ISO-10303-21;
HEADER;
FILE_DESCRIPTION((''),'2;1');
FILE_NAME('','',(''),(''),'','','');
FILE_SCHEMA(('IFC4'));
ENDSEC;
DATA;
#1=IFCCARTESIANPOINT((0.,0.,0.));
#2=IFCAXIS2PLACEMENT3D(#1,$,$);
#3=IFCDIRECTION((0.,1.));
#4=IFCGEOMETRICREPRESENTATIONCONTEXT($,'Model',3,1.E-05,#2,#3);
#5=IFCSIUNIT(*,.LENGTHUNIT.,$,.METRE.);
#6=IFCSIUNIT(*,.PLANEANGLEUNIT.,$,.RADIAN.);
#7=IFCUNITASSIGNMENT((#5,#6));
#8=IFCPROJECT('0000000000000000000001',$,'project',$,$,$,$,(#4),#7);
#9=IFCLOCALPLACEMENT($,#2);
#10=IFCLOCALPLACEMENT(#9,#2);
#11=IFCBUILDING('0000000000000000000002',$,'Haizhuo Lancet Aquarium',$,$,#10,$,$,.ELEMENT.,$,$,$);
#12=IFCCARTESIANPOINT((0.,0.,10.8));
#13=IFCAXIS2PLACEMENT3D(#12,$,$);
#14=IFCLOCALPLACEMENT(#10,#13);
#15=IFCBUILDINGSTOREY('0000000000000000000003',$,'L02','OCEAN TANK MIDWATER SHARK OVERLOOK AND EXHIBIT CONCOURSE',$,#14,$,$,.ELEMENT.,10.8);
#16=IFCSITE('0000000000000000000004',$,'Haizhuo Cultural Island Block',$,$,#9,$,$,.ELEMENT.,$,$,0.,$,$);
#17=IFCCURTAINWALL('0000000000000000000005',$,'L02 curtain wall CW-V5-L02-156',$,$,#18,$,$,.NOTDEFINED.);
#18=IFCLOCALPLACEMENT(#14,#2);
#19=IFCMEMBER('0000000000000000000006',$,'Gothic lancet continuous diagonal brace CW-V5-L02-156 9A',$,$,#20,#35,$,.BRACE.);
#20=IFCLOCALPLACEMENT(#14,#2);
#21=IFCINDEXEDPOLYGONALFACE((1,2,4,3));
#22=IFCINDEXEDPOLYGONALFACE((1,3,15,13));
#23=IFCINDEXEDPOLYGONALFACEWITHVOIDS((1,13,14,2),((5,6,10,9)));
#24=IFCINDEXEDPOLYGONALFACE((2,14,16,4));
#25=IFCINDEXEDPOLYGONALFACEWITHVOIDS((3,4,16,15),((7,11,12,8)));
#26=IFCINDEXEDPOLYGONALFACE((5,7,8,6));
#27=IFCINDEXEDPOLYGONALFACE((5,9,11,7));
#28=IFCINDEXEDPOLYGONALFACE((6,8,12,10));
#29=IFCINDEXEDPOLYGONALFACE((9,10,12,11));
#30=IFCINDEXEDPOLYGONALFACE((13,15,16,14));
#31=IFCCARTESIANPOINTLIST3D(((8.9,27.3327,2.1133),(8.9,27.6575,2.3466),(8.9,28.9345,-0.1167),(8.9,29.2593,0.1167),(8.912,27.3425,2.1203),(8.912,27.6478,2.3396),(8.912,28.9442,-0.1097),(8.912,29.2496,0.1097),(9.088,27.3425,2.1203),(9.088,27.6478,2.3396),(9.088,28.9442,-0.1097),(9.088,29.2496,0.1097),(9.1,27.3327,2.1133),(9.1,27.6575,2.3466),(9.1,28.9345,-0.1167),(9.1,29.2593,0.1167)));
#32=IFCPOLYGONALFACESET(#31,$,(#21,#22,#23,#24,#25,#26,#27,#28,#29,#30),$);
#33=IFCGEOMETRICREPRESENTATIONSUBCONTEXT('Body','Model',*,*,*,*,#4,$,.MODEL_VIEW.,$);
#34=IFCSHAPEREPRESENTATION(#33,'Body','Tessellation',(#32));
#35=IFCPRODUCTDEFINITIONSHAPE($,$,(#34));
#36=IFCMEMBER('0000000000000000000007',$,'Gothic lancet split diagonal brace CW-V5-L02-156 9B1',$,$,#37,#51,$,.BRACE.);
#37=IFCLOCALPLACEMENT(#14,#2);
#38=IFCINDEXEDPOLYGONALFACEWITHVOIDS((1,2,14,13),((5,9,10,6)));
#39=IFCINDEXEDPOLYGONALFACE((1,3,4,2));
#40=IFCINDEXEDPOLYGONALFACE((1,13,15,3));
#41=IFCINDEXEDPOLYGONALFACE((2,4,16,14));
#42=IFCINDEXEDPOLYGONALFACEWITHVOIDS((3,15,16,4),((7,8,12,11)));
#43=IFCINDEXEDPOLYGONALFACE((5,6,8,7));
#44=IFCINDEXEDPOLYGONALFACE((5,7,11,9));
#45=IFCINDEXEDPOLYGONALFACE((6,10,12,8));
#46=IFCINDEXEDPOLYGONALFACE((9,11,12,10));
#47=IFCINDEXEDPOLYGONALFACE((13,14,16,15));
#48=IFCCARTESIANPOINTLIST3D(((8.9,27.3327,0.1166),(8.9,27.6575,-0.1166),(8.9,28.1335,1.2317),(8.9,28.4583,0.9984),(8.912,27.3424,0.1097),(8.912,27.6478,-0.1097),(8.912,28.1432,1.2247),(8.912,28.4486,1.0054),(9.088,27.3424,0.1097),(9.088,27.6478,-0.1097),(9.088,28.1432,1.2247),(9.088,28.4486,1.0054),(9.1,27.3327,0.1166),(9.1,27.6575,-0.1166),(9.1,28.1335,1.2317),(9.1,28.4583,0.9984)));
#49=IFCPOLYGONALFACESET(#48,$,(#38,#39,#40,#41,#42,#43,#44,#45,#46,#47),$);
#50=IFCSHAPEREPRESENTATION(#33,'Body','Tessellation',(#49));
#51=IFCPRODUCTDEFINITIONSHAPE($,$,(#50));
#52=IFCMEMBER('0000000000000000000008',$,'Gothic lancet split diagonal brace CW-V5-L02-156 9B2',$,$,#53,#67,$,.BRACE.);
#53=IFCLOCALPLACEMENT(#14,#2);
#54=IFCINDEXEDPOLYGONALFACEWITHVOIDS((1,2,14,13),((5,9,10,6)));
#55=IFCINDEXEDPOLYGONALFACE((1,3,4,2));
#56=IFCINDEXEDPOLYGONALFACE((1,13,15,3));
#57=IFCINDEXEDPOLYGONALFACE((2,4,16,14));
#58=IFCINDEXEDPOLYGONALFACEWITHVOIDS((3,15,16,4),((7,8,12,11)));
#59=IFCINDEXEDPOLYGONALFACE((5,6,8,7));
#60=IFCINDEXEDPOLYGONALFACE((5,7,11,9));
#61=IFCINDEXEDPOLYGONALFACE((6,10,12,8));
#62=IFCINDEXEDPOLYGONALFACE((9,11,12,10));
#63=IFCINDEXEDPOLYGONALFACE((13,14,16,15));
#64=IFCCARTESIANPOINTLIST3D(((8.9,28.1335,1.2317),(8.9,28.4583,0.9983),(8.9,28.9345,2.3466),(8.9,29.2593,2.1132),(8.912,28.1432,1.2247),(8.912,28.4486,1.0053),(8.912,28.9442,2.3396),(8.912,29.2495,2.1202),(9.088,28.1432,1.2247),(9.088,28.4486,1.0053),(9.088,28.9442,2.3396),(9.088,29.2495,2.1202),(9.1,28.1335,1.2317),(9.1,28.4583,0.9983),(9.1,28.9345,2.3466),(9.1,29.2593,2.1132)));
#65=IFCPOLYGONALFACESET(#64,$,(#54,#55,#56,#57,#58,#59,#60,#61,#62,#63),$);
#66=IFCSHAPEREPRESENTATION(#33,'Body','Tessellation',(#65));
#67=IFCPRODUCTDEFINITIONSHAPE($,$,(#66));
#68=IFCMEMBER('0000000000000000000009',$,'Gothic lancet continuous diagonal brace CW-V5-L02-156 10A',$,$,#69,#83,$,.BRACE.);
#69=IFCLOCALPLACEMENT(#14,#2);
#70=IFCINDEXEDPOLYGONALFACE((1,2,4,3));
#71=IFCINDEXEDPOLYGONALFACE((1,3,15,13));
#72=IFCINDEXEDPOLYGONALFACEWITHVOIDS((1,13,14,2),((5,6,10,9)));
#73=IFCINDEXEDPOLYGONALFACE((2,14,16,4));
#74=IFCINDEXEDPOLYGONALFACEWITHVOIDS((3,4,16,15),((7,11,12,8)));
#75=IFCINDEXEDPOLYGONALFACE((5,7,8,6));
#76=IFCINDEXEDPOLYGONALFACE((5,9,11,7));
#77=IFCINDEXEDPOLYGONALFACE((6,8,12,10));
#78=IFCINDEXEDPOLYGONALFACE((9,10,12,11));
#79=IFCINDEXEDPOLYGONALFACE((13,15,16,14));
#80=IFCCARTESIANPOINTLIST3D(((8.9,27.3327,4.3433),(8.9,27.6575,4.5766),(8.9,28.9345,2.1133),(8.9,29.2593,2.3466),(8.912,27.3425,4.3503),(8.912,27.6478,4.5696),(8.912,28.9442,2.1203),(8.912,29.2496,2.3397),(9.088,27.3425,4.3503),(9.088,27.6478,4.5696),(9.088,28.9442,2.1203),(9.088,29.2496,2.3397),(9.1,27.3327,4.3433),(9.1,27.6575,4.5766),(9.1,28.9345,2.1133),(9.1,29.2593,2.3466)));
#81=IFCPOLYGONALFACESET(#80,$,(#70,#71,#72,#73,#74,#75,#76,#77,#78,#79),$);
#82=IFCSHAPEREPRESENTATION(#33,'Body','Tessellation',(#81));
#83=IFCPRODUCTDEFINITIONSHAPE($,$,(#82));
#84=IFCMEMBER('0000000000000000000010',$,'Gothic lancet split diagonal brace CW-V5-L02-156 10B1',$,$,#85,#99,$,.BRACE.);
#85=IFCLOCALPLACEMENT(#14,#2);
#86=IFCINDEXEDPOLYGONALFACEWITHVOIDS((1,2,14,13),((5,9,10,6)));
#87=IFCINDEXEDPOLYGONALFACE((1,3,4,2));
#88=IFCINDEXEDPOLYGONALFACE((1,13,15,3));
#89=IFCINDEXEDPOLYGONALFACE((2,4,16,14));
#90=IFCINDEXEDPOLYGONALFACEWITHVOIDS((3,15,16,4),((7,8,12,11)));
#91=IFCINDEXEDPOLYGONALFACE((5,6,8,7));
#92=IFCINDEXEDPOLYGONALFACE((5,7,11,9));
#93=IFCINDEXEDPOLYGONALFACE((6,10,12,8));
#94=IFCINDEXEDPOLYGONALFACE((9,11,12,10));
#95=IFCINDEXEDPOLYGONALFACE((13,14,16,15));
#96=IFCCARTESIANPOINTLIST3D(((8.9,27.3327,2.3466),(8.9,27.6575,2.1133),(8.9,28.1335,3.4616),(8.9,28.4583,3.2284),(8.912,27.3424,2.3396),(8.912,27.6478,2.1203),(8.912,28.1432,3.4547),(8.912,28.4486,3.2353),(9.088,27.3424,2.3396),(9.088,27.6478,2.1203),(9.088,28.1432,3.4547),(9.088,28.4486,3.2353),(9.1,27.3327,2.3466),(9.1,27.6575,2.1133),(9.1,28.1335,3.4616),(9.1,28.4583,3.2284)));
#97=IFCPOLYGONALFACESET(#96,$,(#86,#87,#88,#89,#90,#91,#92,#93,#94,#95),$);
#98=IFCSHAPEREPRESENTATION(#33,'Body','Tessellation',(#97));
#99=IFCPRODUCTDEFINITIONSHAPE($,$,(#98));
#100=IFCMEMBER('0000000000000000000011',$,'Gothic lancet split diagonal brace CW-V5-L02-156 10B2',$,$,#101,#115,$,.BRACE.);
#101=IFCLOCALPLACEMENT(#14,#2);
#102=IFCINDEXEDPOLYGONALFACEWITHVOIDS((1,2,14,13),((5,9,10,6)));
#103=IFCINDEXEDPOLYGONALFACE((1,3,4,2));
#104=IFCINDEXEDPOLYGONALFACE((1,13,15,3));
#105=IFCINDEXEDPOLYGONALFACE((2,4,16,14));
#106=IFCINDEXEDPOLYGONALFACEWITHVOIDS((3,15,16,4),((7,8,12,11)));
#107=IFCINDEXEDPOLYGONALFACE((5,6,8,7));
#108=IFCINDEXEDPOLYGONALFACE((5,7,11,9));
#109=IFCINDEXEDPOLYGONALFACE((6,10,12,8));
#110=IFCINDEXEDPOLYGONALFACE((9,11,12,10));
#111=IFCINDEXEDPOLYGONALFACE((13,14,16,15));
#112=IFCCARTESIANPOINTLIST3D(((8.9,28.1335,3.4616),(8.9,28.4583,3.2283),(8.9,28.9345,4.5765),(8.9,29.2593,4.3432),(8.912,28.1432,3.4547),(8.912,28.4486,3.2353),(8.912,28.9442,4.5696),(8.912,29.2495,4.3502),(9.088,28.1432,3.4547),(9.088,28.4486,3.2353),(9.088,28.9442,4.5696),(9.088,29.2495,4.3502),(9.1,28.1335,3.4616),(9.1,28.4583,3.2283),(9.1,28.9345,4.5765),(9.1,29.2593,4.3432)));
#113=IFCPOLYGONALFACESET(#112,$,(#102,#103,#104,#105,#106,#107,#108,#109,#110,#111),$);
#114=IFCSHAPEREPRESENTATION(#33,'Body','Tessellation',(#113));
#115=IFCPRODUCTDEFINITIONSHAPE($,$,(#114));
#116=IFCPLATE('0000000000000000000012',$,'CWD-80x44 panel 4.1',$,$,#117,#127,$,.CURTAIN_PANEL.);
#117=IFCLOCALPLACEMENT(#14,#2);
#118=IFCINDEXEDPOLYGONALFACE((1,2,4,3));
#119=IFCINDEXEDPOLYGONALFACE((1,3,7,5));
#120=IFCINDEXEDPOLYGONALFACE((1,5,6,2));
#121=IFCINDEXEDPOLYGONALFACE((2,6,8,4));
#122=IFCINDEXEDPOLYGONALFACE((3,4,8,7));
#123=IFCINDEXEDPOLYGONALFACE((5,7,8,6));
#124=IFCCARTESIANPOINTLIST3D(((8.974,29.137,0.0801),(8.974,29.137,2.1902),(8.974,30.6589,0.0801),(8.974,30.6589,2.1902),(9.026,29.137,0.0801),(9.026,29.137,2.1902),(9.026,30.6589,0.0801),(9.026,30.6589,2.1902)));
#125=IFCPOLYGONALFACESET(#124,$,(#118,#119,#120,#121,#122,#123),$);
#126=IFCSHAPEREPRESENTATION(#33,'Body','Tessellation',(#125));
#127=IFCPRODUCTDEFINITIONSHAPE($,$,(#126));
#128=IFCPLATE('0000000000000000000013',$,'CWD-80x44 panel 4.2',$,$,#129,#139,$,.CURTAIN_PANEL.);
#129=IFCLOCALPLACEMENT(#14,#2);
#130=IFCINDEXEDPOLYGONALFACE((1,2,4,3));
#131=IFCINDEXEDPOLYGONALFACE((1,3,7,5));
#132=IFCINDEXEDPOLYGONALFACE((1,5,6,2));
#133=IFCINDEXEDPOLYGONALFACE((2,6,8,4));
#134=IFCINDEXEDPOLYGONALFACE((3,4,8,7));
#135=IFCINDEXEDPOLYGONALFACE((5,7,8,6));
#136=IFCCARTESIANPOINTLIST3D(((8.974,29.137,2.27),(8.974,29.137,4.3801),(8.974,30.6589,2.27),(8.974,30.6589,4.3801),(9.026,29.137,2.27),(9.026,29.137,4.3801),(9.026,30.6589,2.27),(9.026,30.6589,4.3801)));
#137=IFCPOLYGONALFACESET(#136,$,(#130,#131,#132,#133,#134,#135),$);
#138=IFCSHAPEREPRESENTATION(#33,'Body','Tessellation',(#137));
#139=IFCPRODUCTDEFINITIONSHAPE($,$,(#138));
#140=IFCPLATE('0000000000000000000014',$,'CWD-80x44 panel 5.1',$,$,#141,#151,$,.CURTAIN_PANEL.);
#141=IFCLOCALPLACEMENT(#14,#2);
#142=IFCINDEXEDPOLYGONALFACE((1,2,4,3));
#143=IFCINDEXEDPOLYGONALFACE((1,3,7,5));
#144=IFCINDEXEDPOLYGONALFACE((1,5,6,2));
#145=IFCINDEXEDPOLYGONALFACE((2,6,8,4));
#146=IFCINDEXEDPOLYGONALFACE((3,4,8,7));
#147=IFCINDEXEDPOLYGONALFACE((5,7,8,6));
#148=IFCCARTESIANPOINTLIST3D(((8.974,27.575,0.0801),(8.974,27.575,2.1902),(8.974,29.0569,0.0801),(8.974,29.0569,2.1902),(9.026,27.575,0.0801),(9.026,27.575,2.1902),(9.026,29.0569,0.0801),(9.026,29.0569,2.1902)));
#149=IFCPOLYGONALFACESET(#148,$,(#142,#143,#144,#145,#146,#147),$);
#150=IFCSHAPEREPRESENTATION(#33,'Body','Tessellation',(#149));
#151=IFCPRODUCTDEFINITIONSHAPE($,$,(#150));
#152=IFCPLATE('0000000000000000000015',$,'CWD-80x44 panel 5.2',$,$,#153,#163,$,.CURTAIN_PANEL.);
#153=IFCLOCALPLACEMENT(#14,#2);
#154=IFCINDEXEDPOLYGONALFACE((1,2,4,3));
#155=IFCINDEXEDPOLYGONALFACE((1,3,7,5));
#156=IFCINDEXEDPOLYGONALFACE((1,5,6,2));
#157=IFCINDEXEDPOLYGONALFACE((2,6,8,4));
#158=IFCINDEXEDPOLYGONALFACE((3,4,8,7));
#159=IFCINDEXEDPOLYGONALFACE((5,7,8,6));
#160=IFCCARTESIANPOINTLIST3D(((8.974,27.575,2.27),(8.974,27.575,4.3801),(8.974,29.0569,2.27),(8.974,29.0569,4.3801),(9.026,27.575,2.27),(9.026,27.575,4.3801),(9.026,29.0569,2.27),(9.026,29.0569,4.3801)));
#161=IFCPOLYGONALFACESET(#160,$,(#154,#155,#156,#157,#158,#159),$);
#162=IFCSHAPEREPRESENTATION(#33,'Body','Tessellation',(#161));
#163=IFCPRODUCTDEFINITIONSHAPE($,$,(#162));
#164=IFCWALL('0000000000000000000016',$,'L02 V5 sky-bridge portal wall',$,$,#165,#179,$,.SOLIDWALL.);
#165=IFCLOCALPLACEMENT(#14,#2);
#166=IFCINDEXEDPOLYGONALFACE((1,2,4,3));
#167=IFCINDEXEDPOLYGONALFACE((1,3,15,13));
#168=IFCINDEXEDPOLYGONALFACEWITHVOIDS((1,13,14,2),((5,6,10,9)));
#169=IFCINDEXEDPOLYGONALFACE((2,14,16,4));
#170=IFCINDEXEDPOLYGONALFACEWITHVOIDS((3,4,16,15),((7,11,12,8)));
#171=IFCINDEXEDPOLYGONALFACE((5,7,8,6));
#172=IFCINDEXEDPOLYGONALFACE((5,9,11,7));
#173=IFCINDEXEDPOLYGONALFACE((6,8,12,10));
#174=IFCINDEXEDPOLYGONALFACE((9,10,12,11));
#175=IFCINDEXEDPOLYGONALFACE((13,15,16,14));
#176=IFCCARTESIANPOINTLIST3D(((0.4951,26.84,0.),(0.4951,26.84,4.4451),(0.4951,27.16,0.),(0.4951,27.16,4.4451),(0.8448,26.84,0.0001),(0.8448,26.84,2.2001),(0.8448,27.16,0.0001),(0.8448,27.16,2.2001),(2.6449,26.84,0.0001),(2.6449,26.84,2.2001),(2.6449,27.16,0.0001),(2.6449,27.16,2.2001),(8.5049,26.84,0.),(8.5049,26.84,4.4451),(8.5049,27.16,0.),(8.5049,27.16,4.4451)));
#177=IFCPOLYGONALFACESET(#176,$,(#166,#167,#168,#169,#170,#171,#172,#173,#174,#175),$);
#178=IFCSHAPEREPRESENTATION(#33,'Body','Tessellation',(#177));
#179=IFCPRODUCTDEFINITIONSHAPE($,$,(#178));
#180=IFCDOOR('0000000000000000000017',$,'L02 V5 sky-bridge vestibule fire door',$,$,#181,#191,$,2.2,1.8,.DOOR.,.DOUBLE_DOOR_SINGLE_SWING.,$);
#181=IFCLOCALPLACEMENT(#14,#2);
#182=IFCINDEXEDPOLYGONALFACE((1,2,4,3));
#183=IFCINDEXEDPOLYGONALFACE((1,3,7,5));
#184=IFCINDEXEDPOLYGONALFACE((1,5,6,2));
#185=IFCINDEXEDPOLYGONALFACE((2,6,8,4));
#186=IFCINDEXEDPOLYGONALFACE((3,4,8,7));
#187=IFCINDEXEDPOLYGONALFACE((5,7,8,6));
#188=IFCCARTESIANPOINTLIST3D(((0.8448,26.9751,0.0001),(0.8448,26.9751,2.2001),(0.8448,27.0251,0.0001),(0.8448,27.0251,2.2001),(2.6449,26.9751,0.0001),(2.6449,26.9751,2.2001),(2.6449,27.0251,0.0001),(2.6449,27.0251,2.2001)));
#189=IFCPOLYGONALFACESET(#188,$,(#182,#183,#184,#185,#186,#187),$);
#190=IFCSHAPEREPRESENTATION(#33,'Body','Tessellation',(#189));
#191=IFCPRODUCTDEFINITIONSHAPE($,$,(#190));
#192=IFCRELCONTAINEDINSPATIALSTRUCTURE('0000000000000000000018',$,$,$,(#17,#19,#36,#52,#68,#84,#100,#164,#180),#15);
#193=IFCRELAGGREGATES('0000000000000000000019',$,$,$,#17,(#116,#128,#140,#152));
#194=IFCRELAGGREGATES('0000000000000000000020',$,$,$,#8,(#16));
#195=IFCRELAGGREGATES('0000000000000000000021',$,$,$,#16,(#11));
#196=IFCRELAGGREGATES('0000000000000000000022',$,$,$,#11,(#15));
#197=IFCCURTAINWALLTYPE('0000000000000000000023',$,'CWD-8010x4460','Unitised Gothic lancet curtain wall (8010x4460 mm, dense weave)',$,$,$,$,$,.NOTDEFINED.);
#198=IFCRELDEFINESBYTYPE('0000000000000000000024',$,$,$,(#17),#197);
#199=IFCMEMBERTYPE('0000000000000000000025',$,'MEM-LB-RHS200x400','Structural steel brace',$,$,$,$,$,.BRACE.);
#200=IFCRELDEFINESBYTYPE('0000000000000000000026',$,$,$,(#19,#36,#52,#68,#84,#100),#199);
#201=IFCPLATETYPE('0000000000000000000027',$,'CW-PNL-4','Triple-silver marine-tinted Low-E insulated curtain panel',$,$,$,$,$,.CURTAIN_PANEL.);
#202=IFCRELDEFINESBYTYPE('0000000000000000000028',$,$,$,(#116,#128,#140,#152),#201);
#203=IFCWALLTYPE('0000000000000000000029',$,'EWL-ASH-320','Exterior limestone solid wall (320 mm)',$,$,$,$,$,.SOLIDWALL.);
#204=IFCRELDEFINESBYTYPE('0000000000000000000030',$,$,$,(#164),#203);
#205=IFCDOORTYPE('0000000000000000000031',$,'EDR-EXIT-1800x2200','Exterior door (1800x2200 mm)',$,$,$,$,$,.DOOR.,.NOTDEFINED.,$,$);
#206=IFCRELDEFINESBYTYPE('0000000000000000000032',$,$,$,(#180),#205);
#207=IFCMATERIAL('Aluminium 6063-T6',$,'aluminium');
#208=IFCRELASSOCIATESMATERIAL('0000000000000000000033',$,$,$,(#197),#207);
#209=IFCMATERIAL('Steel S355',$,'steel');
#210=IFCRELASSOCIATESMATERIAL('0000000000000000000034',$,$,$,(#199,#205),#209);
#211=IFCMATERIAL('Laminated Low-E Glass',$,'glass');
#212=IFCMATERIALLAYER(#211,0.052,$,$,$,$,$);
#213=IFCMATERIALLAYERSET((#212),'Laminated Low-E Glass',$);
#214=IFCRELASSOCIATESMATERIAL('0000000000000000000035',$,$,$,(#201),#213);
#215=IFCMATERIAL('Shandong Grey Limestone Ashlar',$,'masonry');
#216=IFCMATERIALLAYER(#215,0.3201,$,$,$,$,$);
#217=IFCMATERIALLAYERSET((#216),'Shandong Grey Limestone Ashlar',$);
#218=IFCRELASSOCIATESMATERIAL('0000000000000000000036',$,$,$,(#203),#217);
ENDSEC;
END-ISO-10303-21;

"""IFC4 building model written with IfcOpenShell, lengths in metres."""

from ifc_helpers import new_model, si_unit, direction, frame, frame_2d, origin, origin_2d, place, context, subcontext, project, spatial, rectangle, hollow_rectangle, extrude, material, layer, layer_set, material_profile, profile_set, type_object, element, fill, aggregate, save


model = new_model("IFC4")

# Units and contexts
model_context = context("Model", 3, precision=1e-05, world=origin(), true_north=direction((0.0, 1.0)))
body_context = subcontext(model_context, "Body", "Model", "MODEL_VIEW")
ifc_project = project(units=[si_unit("LENGTHUNIT", "METRE"), si_unit("PLANEANGLEUNIT", "RADIAN")], contexts=[model_context])

# Site, building, storey
site_placement = place(None, origin())
site = spatial("IfcSite", under=ifc_project, at=site_placement, Name="Haizhuo Cultural Island Block", CompositionType="ELEMENT", RefElevation=0.0)
building_placement = place(site_placement, origin())
building = spatial("IfcBuilding", under=site, at=building_placement, Name="Haizhuo Lancet Aquarium", CompositionType="ELEMENT")
storey_placement = place(building_placement, frame((0.0, 0.0, 10.8)))
storey = spatial("IfcBuildingStorey", under=building, at=storey_placement, Name="L02", Description="OCEAN TANK MIDWATER SHARK OVERLOOK AND EXHIBIT CONCOURSE", CompositionType="ELEMENT", Elevation=10.8)

# Curtain wall
ifc_material_1 = material(Name="Aluminium 6063-T6", Category="aluminium")
curtain_wall_type = type_object("IfcCurtainWallType", Name="CWD-8010x4460", Description="Unitised Gothic lancet curtain wall (8010x4460 mm, dense weave)", PredefinedType="NOTDEFINED", material=ifc_material_1)
curtain_wall_placement = place(storey_placement, origin())
curtain_wall = element("IfcCurtainWall", 1, at=curtain_wall_placement, inside=storey, type_object=curtain_wall_type, Name="L02 curtain wall CW-V5-L02-156", PredefinedType="NOTDEFINED")

# Members
ifc_material_2 = material(Name="Steel S355", Category="steel")
ifc_material_profile_1 = material_profile(ifc_material_2, hollow_rectangle(XDim=0.2, YDim=0.3999, WallThickness=0.012, at=origin_2d()), Name="RHS 200x400x12")
ifc_profile_set_1 = profile_set([ifc_material_profile_1], Name="Steel S355")
member_type_1 = type_object("IfcMemberType", Name="MEM-LB-RHS200x400", Description="Structural steel brace", PredefinedType="BRACE", material=ifc_profile_set_1)
member_1_placement = place(storey_placement, frame((9.0, 29.0969, 0.0), z_axis=(0.0, -0.583398, 0.812187), x_axis=(1.0, 0.0, 0.0)))
element("IfcMember", 2, at=member_1_placement, inside=storey, type_object=member_type_1, Name="Gothic lancet continuous diagonal brace CW-V5-L02-156 9A", PredefinedType="BRACE", context=body_context, shape_type="SweptSolid", body=[
    extrude(hollow_rectangle(XDim=0.2, YDim=0.3999, WallThickness=0.012, at=origin_2d()), origin(), (0.0, 0.0, 1.0), 2.7456),
])
for number, where, z_axis, x_axis, name in (
    (3, (9.0, 27.4951, 0.0), (0.0, 0.583339, 0.812229), (-1.0, 0.0, 0.0), "Gothic lancet split diagonal brace CW-V5-L02-156 9B1"),
    (4, (9.0, 28.2959, 1.115), (0.0, 0.583456, 0.812144), (-1.0, 0.0, 0.0), "Gothic lancet split diagonal brace CW-V5-L02-156 9B2"),
):
    element("IfcMember", number, at=place(storey_placement, frame(where, z_axis=z_axis, x_axis=x_axis)), inside=storey, type_object=member_type_1, Name=name, PredefinedType="BRACE", context=body_context, shape_type="SweptSolid", body=[
        extrude(hollow_rectangle(XDim=0.2, YDim=0.3999, WallThickness=0.012, at=origin_2d()), origin(), (0.0, 0.0, 1.0), 1.3728),
    ])
member_2_placement = place(storey_placement, frame((9.0, 29.0969, 2.23), z_axis=(0.0, -0.583398, 0.812187), x_axis=(1.0, 0.0, 0.0)))
element("IfcMember", 5, at=member_2_placement, inside=storey, type_object=member_type_1, Name="Gothic lancet continuous diagonal brace CW-V5-L02-156 10A", PredefinedType="BRACE", context=body_context, shape_type="SweptSolid", body=[
    extrude(hollow_rectangle(XDim=0.2, YDim=0.3999, WallThickness=0.012, at=origin_2d()), origin(), (0.0, 0.0, 1.0), 2.7456),
])
for number, where, z_axis, x_axis, name in (
    (6, (9.0, 27.4951, 2.23), (0.0, 0.583339, 0.812229), (-1.0, 0.0, 0.0), "Gothic lancet split diagonal brace CW-V5-L02-156 10B1"),
    (7, (9.0, 28.2959, 3.345), (0.0, 0.583456, 0.812144), (-1.0, 0.0, 0.0), "Gothic lancet split diagonal brace CW-V5-L02-156 10B2"),
):
    element("IfcMember", number, at=place(storey_placement, frame(where, z_axis=z_axis, x_axis=x_axis)), inside=storey, type_object=member_type_1, Name=name, PredefinedType="BRACE", context=body_context, shape_type="SweptSolid", body=[
        extrude(hollow_rectangle(XDim=0.2, YDim=0.3999, WallThickness=0.012, at=origin_2d()), origin(), (0.0, 0.0, 1.0), 1.3728),
    ])

# Plates
ifc_material_3 = material(Name="Laminated Low-E Glass", Category="glass")
ifc_layer_1 = layer(ifc_material_3, 0.052)
ifc_layer_set_1 = layer_set([ifc_layer_1], Name="Laminated Low-E Glass")
plate_type = type_object("IfcPlateType", Name="CW-PNL-4", Description="Triple-silver marine-tinted Low-E insulated curtain panel", PredefinedType="CURTAIN_PANEL", material=ifc_layer_set_1)
plate_1_placement = place(storey_placement, frame((9.0, 29.8979, 0.0801), z_axis=(0.0, 0.0, 1.0), x_axis=(0.0, -1.0, 0.0)))
plate_1 = element("IfcPlate", 8, at=plate_1_placement, type_object=plate_type, Name="CWD-80x44 panel 4.1", PredefinedType="CURTAIN_PANEL", context=body_context, shape_type="SweptSolid", body=[
    extrude(rectangle(XDim=1.522, YDim=0.052, at=origin_2d()), origin(), (0.0, 0.0, 1.0), 2.1101),
])
plate_2_placement = place(storey_placement, frame((9.0, 29.8979, 2.27), z_axis=(0.0, 0.0, 1.0), x_axis=(0.0, -1.0, 0.0)))
plate_2 = element("IfcPlate", 9, at=plate_2_placement, type_object=plate_type, Name="CWD-80x44 panel 4.2", PredefinedType="CURTAIN_PANEL", context=body_context, shape_type="SweptSolid", body=[
    extrude(rectangle(XDim=1.522, YDim=0.052, at=origin_2d()), origin(), (0.0, 0.0, 1.0), 2.1101),
])
plate_3_placement = place(storey_placement, frame((9.0, 28.3159, 0.0801), z_axis=(0.0, 0.0, 1.0), x_axis=(0.0, -1.0, 0.0)))
plate_3 = element("IfcPlate", 10, at=plate_3_placement, type_object=plate_type, Name="CWD-80x44 panel 5.1", PredefinedType="CURTAIN_PANEL", context=body_context, shape_type="SweptSolid", body=[
    extrude(rectangle(XDim=1.4819, YDim=0.052, at=origin_2d()), origin(), (0.0, 0.0, 1.0), 2.1101),
])
plate_4_placement = place(storey_placement, frame((9.0, 28.3159, 2.27), z_axis=(0.0, 0.0, 1.0), x_axis=(0.0, -1.0, 0.0)))
plate_4 = element("IfcPlate", 11, at=plate_4_placement, type_object=plate_type, Name="CWD-80x44 panel 5.2", PredefinedType="CURTAIN_PANEL", context=body_context, shape_type="SweptSolid", body=[
    extrude(rectangle(XDim=1.4819, YDim=0.052, at=origin_2d()), origin(), (0.0, 0.0, 1.0), 2.1101),
])
aggregate(curtain_wall, [plate_1, plate_2, plate_3, plate_4])

# Wall, opening, door
ifc_material_4 = material(Name="Shandong Grey Limestone Ashlar", Category="masonry")
ifc_layer_2 = layer(ifc_material_4, 0.3201)
ifc_layer_set_2 = layer_set([ifc_layer_2], Name="Shandong Grey Limestone Ashlar")
wall_type = type_object("IfcWallType", Name="EWL-ASH-320", Description="Exterior limestone solid wall (320 mm)", PredefinedType="SOLIDWALL", material=ifc_layer_set_2)
wall_placement = place(storey_placement, frame((8.5049, 27.0, 0.0), z_axis=(0.0, 0.0, 1.0), x_axis=(-1.0, 0.0, 0.0)))
wall = element("IfcWall", 12, at=wall_placement, inside=storey, type_object=wall_type, Name="L02 V5 sky-bridge portal wall", PredefinedType="SOLIDWALL", context=body_context, shape_type="SweptSolid", body=[
    extrude(rectangle(XDim=8.0098, YDim=0.3201, at=frame_2d((4.0049, 0.0))), origin(), (0.0, 0.0, 1.0), 4.4451),
])
opening_placement = place(wall_placement, frame((5.8601, 0.0, 0.0)))
opening = element("IfcOpeningElement", 13, at=opening_placement, cuts=wall, PredefinedType="OPENING", context=body_context, shape_type="SweptSolid", body=[
    extrude(rectangle(XDim=1.8, YDim=2.2, at=frame_2d((0.8999, 1.1001))), frame((0.0, 0.1699, 0.0), z_axis=(0.0, -1.0, 0.0), x_axis=(1.0, 0.0, 0.0)), (0.0, 0.0, 1.0), 0.3401),
])
door_type = type_object("IfcDoorType", Name="EDR-EXIT-1800x2200", Description="Exterior door (1800x2200 mm)", OperationType="NOTDEFINED", PredefinedType="DOOR", material=ifc_material_2)
door_placement = place(opening_placement, origin())
door = element("IfcDoor", 14, at=door_placement, inside=storey, type_object=door_type, Name="L02 V5 sky-bridge vestibule fire door", OperationType="DOUBLE_DOOR_SINGLE_SWING", OverallHeight=2.2, OverallWidth=1.8, PredefinedType="DOOR", context=body_context, shape_type="SweptSolid", body=[
    extrude(rectangle(XDim=1.8, YDim=2.2, at=frame_2d((0.8999, 1.1001))), frame((0.0, 0.0249, 0.0), z_axis=(0.0, -1.0, 0.0), x_axis=(1.0, 0.0, 0.0)), (0.0, 0.0, 1.0), 0.05),
])
fill(opening, door)

save(model, "model.ifc")
